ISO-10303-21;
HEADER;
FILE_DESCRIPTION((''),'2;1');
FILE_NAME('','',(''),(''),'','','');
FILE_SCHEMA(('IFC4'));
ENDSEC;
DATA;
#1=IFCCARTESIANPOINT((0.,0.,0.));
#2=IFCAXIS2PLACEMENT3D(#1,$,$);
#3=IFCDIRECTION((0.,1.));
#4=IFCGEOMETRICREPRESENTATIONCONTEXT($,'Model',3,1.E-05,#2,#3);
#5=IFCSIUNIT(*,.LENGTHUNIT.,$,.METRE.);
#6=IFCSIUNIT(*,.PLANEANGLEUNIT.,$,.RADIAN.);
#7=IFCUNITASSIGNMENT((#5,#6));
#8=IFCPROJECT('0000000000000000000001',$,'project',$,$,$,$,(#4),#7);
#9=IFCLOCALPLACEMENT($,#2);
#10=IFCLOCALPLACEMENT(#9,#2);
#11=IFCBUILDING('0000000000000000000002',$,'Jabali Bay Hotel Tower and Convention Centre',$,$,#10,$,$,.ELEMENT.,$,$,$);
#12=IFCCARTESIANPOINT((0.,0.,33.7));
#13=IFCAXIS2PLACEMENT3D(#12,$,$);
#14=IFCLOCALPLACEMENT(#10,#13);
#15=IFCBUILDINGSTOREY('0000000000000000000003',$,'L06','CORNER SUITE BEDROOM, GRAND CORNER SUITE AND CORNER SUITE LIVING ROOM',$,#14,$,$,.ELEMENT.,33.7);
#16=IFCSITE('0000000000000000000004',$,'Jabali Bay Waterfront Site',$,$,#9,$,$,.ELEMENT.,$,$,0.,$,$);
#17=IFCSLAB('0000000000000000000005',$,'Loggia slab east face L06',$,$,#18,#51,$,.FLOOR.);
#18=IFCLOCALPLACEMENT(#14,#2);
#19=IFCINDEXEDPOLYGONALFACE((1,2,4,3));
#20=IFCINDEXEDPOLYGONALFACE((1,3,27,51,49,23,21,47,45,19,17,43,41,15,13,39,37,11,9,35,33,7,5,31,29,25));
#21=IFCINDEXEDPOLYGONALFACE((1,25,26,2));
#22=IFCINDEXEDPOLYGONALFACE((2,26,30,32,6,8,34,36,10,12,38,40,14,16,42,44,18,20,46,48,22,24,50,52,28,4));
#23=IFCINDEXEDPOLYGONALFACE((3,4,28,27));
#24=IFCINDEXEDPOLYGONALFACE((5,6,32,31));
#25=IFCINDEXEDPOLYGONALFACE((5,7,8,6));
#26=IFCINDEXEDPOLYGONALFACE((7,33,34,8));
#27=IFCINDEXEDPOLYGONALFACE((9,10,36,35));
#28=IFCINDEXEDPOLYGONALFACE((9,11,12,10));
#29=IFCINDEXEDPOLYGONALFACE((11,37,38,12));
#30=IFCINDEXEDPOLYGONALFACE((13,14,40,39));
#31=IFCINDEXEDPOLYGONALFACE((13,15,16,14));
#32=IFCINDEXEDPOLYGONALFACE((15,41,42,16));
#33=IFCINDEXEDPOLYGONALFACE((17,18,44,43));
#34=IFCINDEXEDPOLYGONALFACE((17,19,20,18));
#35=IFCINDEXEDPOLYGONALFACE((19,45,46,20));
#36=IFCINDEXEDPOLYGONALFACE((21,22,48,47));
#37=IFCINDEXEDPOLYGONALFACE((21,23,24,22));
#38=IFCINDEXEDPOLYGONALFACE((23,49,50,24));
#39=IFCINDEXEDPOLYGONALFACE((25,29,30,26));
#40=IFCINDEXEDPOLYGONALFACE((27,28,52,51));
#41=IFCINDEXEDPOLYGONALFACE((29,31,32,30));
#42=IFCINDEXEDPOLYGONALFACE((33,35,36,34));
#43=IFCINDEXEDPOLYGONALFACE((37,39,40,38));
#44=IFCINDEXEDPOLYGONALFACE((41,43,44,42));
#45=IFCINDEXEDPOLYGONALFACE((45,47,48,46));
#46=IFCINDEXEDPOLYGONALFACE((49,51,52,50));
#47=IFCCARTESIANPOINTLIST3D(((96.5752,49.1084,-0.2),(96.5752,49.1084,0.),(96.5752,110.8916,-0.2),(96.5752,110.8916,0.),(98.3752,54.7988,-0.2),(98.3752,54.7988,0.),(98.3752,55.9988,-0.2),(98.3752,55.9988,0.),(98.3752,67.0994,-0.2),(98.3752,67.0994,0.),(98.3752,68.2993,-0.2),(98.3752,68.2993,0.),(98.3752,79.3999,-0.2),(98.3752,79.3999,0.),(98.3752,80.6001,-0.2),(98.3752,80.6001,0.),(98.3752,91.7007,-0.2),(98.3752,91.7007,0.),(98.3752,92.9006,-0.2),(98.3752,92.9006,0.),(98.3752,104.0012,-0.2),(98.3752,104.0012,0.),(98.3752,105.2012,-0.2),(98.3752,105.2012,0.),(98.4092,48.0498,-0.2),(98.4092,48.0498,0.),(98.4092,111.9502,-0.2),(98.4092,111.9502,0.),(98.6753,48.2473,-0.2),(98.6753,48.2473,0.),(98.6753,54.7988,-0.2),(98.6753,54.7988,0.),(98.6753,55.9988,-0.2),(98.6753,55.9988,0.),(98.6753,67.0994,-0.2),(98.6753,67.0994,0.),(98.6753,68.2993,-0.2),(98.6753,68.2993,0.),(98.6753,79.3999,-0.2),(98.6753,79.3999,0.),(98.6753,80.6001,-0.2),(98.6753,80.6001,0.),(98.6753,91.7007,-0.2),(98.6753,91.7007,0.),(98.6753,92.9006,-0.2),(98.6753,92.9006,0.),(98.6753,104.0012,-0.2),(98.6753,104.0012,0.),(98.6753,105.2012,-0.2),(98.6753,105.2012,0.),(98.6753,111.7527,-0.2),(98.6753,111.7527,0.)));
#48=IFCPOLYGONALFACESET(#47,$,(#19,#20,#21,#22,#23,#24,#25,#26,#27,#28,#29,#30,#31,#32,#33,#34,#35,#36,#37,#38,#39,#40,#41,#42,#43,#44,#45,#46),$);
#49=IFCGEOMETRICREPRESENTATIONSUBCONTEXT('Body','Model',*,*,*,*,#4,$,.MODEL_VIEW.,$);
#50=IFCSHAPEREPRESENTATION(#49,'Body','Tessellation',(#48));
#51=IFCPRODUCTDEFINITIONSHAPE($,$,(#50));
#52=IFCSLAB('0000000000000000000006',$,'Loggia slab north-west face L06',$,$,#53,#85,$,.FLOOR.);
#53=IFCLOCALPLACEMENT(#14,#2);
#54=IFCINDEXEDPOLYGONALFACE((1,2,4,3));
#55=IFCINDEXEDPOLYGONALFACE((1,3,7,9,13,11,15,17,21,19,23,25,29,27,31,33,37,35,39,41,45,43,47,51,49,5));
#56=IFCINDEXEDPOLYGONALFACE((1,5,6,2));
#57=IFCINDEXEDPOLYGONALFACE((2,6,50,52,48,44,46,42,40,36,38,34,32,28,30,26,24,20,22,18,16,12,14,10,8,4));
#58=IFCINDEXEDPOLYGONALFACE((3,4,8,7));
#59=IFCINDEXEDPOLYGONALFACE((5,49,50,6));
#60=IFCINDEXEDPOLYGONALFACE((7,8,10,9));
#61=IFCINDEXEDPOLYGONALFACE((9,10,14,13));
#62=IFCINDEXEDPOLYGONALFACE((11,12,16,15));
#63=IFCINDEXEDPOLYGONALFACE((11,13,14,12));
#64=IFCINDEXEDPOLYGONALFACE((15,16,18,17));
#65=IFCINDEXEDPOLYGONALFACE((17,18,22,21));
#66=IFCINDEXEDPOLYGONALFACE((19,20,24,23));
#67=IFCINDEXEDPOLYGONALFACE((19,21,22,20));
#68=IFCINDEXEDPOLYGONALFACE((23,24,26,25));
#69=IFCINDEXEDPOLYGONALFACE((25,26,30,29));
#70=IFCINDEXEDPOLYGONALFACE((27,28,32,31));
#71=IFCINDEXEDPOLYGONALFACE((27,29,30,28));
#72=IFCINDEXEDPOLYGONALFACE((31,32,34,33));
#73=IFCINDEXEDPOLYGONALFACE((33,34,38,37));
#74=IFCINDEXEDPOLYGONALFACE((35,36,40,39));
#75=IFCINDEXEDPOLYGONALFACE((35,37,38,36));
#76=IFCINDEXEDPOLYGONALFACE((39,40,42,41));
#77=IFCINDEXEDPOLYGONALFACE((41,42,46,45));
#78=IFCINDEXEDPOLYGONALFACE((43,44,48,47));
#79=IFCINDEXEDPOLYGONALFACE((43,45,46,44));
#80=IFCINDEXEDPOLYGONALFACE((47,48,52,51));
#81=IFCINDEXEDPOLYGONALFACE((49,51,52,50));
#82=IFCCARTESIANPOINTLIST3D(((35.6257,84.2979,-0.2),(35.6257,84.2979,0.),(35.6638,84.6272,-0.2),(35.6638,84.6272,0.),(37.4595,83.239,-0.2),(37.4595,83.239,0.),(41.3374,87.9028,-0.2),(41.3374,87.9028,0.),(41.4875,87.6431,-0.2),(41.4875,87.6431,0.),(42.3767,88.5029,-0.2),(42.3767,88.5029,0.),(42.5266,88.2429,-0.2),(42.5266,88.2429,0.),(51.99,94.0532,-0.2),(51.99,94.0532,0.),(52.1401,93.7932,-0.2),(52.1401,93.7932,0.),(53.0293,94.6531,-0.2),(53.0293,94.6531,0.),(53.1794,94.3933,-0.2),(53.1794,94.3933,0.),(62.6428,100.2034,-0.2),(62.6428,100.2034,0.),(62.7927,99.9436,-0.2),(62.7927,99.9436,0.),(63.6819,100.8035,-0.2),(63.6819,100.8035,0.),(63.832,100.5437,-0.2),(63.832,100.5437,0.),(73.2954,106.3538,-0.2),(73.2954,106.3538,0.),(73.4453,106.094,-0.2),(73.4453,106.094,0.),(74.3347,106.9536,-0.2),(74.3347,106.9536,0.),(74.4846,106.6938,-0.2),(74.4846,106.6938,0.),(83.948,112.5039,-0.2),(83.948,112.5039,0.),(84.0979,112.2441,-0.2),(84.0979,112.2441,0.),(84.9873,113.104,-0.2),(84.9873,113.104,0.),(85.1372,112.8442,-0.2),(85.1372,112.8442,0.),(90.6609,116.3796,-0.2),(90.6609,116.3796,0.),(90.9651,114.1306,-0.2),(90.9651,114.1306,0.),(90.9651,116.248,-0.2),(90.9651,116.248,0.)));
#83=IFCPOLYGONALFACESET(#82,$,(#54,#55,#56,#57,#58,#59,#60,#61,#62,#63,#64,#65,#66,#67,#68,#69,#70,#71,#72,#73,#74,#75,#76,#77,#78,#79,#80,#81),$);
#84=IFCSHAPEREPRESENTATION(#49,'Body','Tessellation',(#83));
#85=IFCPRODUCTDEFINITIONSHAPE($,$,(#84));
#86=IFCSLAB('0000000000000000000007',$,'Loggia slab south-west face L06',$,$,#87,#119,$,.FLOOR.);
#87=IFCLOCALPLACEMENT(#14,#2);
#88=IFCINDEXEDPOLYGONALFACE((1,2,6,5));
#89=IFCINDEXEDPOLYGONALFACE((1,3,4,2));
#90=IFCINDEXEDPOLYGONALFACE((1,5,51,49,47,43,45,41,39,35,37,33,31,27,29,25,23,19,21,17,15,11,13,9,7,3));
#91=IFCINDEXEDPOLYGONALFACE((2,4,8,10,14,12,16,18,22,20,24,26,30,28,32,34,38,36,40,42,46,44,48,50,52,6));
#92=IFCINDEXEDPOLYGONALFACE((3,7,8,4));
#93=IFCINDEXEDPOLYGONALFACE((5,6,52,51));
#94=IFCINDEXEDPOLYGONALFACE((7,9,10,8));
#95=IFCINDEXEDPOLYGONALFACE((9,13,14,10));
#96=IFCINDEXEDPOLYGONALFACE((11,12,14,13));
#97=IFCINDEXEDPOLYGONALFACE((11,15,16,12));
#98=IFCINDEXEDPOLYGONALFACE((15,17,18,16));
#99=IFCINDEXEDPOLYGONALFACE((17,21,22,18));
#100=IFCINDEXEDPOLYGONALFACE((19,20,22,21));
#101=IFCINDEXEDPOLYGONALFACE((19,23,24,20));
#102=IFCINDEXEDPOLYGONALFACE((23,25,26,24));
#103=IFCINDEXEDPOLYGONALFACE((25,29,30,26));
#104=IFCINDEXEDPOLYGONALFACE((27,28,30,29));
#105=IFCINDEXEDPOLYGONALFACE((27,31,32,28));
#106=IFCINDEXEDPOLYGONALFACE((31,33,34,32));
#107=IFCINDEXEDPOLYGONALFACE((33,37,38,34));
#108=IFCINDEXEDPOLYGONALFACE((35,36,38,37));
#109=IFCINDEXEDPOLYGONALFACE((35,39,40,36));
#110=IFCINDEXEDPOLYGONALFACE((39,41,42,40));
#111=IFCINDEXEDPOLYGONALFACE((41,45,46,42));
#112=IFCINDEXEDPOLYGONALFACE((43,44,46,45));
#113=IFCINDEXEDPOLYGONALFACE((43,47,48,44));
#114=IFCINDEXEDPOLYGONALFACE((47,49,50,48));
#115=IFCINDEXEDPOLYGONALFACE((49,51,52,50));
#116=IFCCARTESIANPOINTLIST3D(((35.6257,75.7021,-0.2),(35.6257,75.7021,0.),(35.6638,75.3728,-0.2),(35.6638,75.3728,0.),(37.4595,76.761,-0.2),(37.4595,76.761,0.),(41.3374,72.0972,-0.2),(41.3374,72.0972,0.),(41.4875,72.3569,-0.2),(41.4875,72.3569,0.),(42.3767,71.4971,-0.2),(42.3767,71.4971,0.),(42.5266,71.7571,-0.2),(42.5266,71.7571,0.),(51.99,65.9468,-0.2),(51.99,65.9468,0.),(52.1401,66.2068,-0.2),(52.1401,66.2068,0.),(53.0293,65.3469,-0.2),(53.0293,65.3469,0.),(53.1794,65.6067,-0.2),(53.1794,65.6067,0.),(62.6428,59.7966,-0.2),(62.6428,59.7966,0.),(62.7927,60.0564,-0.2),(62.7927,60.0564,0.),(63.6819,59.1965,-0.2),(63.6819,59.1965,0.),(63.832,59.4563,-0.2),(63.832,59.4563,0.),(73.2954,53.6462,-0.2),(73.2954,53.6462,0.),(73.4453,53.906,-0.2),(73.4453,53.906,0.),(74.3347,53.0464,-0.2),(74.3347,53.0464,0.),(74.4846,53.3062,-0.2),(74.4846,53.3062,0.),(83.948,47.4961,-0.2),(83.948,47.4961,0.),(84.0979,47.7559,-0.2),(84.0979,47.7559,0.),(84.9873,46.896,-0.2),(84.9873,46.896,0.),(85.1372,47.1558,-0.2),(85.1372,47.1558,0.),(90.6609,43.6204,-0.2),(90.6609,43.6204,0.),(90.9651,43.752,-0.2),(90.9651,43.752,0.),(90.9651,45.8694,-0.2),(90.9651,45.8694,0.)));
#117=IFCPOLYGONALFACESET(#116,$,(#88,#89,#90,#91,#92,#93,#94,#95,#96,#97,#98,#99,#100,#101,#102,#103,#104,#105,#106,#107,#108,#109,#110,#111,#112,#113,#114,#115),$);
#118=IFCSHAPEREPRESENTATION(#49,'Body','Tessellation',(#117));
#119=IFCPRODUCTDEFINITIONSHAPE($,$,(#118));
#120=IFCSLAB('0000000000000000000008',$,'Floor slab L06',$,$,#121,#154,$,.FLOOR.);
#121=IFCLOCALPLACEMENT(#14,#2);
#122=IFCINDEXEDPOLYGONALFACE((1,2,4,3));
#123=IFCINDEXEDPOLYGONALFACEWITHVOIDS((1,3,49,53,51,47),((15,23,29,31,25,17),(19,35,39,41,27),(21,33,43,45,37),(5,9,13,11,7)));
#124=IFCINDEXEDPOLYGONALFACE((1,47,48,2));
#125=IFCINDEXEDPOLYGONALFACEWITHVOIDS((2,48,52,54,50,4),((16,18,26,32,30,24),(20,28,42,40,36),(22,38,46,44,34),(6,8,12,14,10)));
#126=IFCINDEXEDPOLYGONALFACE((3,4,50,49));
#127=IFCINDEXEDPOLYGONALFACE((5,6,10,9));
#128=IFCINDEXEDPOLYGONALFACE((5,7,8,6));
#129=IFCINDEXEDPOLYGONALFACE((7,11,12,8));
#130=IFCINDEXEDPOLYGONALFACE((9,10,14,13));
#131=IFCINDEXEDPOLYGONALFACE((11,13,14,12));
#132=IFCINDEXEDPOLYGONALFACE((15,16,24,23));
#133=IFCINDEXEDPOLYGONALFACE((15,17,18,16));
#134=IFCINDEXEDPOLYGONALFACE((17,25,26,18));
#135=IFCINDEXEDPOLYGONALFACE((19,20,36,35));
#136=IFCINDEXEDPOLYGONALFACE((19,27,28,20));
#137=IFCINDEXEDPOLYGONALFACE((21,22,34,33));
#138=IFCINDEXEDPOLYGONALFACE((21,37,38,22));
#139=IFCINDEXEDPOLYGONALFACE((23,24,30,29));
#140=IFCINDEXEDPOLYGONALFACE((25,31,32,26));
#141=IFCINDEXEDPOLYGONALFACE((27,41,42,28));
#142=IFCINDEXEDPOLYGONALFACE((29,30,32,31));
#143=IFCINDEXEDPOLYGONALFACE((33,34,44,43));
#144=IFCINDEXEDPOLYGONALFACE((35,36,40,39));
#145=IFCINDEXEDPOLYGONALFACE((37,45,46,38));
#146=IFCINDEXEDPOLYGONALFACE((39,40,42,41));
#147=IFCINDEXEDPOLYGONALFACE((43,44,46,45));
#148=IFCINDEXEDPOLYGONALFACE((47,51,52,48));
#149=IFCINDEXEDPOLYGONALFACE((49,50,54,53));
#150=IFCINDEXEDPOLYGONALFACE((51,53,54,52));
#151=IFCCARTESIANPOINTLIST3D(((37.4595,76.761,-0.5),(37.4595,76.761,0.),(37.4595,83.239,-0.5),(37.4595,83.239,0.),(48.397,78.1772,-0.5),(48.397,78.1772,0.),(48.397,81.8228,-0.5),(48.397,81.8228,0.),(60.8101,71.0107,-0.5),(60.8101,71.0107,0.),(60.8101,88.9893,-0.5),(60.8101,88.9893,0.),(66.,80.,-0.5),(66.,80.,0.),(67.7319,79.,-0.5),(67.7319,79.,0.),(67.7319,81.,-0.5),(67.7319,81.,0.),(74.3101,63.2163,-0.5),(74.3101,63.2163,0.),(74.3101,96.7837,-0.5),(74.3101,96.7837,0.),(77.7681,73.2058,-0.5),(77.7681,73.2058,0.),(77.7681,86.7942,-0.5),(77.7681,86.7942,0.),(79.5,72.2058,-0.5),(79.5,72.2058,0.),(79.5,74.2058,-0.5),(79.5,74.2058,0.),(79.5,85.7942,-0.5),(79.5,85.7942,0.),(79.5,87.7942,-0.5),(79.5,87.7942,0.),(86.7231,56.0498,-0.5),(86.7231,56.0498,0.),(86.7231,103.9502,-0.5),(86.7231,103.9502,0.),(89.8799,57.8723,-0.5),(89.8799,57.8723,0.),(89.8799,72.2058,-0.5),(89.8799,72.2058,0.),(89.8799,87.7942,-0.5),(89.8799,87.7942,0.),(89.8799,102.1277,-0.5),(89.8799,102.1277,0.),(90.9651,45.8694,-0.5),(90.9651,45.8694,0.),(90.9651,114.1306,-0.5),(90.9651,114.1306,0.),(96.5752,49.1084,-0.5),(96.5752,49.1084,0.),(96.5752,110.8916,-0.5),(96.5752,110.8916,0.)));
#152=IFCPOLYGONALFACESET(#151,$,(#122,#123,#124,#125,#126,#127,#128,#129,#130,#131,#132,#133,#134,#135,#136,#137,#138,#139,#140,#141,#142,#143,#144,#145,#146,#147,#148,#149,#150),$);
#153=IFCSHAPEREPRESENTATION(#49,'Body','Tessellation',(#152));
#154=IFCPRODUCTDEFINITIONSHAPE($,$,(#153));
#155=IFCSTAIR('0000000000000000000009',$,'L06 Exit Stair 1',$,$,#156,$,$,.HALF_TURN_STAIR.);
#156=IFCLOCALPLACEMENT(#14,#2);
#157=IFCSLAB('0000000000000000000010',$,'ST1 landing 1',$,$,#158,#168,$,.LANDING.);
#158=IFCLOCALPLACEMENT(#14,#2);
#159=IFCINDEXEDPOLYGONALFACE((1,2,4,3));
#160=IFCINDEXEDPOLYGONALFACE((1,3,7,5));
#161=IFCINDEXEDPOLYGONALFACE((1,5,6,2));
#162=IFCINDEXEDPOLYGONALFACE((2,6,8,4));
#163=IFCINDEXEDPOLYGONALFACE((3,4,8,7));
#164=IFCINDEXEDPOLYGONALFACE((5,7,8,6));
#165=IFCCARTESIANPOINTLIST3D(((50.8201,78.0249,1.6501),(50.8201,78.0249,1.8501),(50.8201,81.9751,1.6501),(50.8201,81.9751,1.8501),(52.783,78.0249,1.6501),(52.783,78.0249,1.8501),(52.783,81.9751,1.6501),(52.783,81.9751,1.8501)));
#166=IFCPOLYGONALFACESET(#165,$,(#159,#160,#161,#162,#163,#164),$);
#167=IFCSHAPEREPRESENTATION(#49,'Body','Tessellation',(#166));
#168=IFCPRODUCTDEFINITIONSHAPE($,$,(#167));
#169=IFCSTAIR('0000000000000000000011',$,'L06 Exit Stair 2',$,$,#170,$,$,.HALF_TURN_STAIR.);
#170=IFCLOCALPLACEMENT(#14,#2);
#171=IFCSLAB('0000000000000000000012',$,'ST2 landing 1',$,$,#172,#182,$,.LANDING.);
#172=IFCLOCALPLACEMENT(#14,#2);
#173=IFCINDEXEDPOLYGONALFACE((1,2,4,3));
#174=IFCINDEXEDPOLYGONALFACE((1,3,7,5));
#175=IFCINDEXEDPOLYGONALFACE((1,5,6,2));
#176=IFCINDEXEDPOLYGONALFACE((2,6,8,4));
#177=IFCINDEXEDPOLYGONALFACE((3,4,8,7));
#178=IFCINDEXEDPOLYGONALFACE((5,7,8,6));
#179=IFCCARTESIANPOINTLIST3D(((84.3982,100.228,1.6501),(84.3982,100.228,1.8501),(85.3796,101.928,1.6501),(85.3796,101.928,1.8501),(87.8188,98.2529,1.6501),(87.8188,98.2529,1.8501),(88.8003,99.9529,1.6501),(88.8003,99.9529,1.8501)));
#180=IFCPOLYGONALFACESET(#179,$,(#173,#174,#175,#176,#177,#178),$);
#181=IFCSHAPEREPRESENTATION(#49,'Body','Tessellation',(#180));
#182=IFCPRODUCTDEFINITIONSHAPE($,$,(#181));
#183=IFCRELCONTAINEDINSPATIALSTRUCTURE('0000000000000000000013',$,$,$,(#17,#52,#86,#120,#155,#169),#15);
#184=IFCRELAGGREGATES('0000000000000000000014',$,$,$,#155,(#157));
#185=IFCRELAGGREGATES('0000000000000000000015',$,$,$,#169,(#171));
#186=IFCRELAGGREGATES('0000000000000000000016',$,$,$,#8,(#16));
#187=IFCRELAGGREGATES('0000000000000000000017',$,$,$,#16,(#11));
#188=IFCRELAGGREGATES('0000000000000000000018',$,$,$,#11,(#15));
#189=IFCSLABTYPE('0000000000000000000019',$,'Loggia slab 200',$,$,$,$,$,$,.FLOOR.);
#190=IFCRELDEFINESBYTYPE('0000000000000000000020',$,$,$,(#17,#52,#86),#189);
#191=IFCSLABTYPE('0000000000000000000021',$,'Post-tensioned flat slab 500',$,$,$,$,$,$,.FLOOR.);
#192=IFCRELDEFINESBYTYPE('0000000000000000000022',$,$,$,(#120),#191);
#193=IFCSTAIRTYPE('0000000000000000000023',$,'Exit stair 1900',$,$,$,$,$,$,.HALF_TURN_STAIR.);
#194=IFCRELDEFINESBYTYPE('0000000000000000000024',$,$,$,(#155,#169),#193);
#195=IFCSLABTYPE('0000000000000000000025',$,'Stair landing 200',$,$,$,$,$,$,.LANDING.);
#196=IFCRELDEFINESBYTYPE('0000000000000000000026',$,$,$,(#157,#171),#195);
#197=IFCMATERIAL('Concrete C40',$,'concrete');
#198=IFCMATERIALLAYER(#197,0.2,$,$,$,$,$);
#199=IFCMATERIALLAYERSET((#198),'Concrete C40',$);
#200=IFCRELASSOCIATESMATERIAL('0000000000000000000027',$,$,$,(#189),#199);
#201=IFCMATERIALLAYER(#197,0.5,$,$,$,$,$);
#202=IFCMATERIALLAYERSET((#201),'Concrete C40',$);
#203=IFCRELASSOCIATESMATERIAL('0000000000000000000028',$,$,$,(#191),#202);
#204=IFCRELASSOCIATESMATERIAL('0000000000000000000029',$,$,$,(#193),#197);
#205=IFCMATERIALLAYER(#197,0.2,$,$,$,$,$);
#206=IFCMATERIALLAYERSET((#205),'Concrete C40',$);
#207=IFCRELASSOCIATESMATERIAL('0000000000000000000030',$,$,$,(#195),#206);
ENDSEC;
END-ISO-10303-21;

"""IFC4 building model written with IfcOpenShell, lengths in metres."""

from ifc_helpers import new_model, si_unit, direction, frame, origin, place, context, subcontext, project, spatial, polyline, outline, extrude, material, layer, layer_set, type_object, element, aggregate, save


model = new_model("IFC4")

# Units and contexts
model_context = context("Model", 3, precision=1e-05, world=origin(), true_north=direction((0.0, 1.0)))
body_context = subcontext(model_context, "Body", "Model", "MODEL_VIEW")
ifc_project = project(units=[si_unit("LENGTHUNIT", "METRE"), si_unit("PLANEANGLEUNIT", "RADIAN")], contexts=[model_context])

# Site, building, storey
site_placement = place(None, origin())
site = spatial("IfcSite", under=ifc_project, at=site_placement, Name="Jabali Bay Waterfront Site", CompositionType="ELEMENT", RefElevation=0.0)
building_placement = place(site_placement, origin())
building = spatial("IfcBuilding", under=site, at=building_placement, Name="Jabali Bay Hotel Tower and Convention Centre", CompositionType="ELEMENT")
storey_placement = place(building_placement, frame((0.0, 0.0, 33.7)))
storey = spatial("IfcBuildingStorey", under=building, at=storey_placement, Name="L06", Description="CORNER SUITE BEDROOM, GRAND CORNER SUITE AND CORNER SUITE LIVING ROOM", CompositionType="ELEMENT", Elevation=33.7)

# Slabs
ifc_material_1 = material(Name="Concrete C40", Category="concrete")
ifc_layer_1 = layer(ifc_material_1, 0.2)
ifc_layer_set_1 = layer_set([ifc_layer_1], Name="Concrete C40")
slab_type_1 = type_object("IfcSlabType", Name="Loggia slab 200", PredefinedType="FLOOR", material=ifc_layer_set_1)
slab_1_placement = place(storey_placement, frame((0.0, 0.0, -0.2)))
element("IfcSlab", 1, at=slab_1_placement, inside=storey, type_object=slab_type_1, Name="Loggia slab east face L06", PredefinedType="FLOOR", context=body_context, shape_type="SweptSolid", body=[
    extrude(outline(polyline([(96.5752, 110.8916), (98.4092, 111.9502), (98.6753, 111.7527), (98.6753, 105.2012), (98.3752, 105.2012), (98.3752, 104.0012), (98.6753, 104.0012), (98.6753, 92.9006), (98.3752, 92.9006), (98.3752, 91.7007), (98.6753, 91.7007), (98.6753, 80.6001), (98.3752, 80.6001), (98.3752, 79.3999), (98.6753, 79.3999), (98.6753, 68.2993), (98.3752, 68.2993), (98.3752, 67.0994), (98.6753, 67.0994), (98.6753, 55.9988), (98.3752, 55.9988), (98.3752, 54.7988), (98.6753, 54.7988), (98.6753, 48.2473), (98.4092, 48.0498), (96.5752, 49.1084), (96.5752, 110.8916)])), origin(), (0.0, 0.0, 1.0), 0.2),
])
slab_2_placement = place(storey_placement, frame((0.0, 0.0, -0.2)))
element("IfcSlab", 2, at=slab_2_placement, inside=storey, type_object=slab_type_1, Name="Loggia slab north-west face L06", PredefinedType="FLOOR", context=body_context, shape_type="SweptSolid", body=[
    extrude(outline(polyline([(37.4595, 83.239), (35.6257, 84.2979), (35.6638, 84.6272), (41.3374, 87.9028), (41.4875, 87.6431), (42.5266, 88.2429), (42.3767, 88.5029), (51.99, 94.0532), (52.1401, 93.7932), (53.1794, 94.3933), (53.0293, 94.6531), (62.6428, 100.2034), (62.7927, 99.9436), (63.832, 100.5437), (63.6819, 100.8035), (73.2954, 106.3538), (73.4453, 106.094), (74.4846, 106.6938), (74.3347, 106.9536), (83.948, 112.5039), (84.0979, 112.2441), (85.1372, 112.8442), (84.9873, 113.104), (90.6609, 116.3796), (90.9651, 116.248), (90.9651, 114.1306), (37.4595, 83.239)])), origin(), (0.0, 0.0, 1.0), 0.2),
])
slab_3_placement = place(storey_placement, frame((0.0, 0.0, -0.2)))
element("IfcSlab", 3, at=slab_3_placement, inside=storey, type_object=slab_type_1, Name="Loggia slab south-west face L06", PredefinedType="FLOOR", context=body_context, shape_type="SweptSolid", body=[
    extrude(outline(polyline([(90.9651, 45.8694), (90.9651, 43.752), (90.6609, 43.6204), (84.9873, 46.896), (85.1372, 47.1558), (84.0979, 47.7559), (83.948, 47.4961), (74.3347, 53.0464), (74.4846, 53.3062), (73.4453, 53.906), (73.2954, 53.6462), (63.6819, 59.1965), (63.832, 59.4563), (62.7927, 60.0564), (62.6428, 59.7966), (53.0293, 65.3469), (53.1794, 65.6067), (52.1401, 66.2068), (51.99, 65.9468), (42.3767, 71.4971), (42.5266, 71.7571), (41.4875, 72.3569), (41.3374, 72.0972), (35.6638, 75.3728), (35.6257, 75.7021), (37.4595, 76.761), (90.9651, 45.8694)])), origin(), (0.0, 0.0, 1.0), 0.2),
])
ifc_layer_2 = layer(ifc_material_1, 0.5)
ifc_layer_set_2 = layer_set([ifc_layer_2], Name="Concrete C40")
slab_type_2 = type_object("IfcSlabType", Name="Post-tensioned flat slab 500", PredefinedType="FLOOR", material=ifc_layer_set_2)
slab_4_placement = place(storey_placement, frame((0.0, 0.0, -0.5)))
element("IfcSlab", 4, at=slab_4_placement, inside=storey, type_object=slab_type_2, Name="Floor slab L06", PredefinedType="FLOOR", context=body_context, shape_type="SweptSolid", body=[
    extrude(outline(polyline([(90.9651, 114.1306), (96.5752, 110.8916), (96.5752, 49.1084), (90.9651, 45.8694), (37.4595, 76.761), (37.4595, 83.239), (90.9651, 114.1306)]), holes=[polyline([(67.7319, 79.0), (77.7681, 73.2058), (79.5, 74.2058), (79.5, 85.7942), (77.7681, 86.7942), (67.7319, 81.0), (67.7319, 79.0)]), polyline([(48.397, 78.1772), (60.8101, 71.0107), (66.0, 80.0), (60.8101, 88.9893), (48.397, 81.8228), (48.397, 78.1772)]), polyline([(89.8799, 102.1277), (86.7231, 103.9502), (74.3101, 96.7837), (79.5, 87.7942), (89.8799, 87.7942), (89.8799, 102.1277)]), polyline([(74.3101, 63.2163), (86.7231, 56.0498), (89.8799, 57.8723), (89.8799, 72.2058), (79.5, 72.2058), (74.3101, 63.2163)])]), origin(), (0.0, 0.0, 1.0), 0.5),
])

# Stairs, slabs
stair_type = type_object("IfcStairType", Name="Exit stair 1900", PredefinedType="HALF_TURN_STAIR", material=ifc_material_1)
stair_1_placement = place(storey_placement, origin())
stair_1 = element("IfcStair", 5, at=stair_1_placement, inside=storey, type_object=stair_type, Name="L06 Exit Stair 1", PredefinedType="HALF_TURN_STAIR")
ifc_layer_3 = layer(ifc_material_1, 0.2)
ifc_layer_set_3 = layer_set([ifc_layer_3], Name="Concrete C40")
slab_type_3 = type_object("IfcSlabType", Name="Stair landing 200", PredefinedType="LANDING", material=ifc_layer_set_3)
slab_5_placement = place(storey_placement, frame((0.0, 0.0, 1.6501)))
slab_5 = element("IfcSlab", 6, at=slab_5_placement, type_object=slab_type_3, Name="ST1 landing 1", PredefinedType="LANDING", context=body_context, shape_type="SweptSolid", body=[
    extrude(outline(polyline([(52.783, 81.9751), (50.8201, 81.9751), (50.8201, 78.0249), (52.783, 78.0249), (52.783, 81.9751)])), origin(), (0.0, 0.0, 1.0), 0.2),
])
aggregate(stair_1, [slab_5])
stair_2_placement = place(storey_placement, origin())
stair_2 = element("IfcStair", 7, at=stair_2_placement, inside=storey, type_object=stair_type, Name="L06 Exit Stair 2", PredefinedType="HALF_TURN_STAIR")
slab_6_placement = place(storey_placement, frame((0.0, 0.0, 1.6501)))
slab_6 = element("IfcSlab", 8, at=slab_6_placement, type_object=slab_type_3, Name="ST2 landing 1", PredefinedType="LANDING", context=body_context, shape_type="SweptSolid", body=[
    extrude(outline(polyline([(87.8188, 98.2529), (88.8003, 99.9529), (85.3796, 101.928), (84.3982, 100.228), (87.8188, 98.2529)])), origin(), (0.0, 0.0, 1.0), 0.2),
])
aggregate(stair_2, [slab_6])

save(model, "model.ifc")
